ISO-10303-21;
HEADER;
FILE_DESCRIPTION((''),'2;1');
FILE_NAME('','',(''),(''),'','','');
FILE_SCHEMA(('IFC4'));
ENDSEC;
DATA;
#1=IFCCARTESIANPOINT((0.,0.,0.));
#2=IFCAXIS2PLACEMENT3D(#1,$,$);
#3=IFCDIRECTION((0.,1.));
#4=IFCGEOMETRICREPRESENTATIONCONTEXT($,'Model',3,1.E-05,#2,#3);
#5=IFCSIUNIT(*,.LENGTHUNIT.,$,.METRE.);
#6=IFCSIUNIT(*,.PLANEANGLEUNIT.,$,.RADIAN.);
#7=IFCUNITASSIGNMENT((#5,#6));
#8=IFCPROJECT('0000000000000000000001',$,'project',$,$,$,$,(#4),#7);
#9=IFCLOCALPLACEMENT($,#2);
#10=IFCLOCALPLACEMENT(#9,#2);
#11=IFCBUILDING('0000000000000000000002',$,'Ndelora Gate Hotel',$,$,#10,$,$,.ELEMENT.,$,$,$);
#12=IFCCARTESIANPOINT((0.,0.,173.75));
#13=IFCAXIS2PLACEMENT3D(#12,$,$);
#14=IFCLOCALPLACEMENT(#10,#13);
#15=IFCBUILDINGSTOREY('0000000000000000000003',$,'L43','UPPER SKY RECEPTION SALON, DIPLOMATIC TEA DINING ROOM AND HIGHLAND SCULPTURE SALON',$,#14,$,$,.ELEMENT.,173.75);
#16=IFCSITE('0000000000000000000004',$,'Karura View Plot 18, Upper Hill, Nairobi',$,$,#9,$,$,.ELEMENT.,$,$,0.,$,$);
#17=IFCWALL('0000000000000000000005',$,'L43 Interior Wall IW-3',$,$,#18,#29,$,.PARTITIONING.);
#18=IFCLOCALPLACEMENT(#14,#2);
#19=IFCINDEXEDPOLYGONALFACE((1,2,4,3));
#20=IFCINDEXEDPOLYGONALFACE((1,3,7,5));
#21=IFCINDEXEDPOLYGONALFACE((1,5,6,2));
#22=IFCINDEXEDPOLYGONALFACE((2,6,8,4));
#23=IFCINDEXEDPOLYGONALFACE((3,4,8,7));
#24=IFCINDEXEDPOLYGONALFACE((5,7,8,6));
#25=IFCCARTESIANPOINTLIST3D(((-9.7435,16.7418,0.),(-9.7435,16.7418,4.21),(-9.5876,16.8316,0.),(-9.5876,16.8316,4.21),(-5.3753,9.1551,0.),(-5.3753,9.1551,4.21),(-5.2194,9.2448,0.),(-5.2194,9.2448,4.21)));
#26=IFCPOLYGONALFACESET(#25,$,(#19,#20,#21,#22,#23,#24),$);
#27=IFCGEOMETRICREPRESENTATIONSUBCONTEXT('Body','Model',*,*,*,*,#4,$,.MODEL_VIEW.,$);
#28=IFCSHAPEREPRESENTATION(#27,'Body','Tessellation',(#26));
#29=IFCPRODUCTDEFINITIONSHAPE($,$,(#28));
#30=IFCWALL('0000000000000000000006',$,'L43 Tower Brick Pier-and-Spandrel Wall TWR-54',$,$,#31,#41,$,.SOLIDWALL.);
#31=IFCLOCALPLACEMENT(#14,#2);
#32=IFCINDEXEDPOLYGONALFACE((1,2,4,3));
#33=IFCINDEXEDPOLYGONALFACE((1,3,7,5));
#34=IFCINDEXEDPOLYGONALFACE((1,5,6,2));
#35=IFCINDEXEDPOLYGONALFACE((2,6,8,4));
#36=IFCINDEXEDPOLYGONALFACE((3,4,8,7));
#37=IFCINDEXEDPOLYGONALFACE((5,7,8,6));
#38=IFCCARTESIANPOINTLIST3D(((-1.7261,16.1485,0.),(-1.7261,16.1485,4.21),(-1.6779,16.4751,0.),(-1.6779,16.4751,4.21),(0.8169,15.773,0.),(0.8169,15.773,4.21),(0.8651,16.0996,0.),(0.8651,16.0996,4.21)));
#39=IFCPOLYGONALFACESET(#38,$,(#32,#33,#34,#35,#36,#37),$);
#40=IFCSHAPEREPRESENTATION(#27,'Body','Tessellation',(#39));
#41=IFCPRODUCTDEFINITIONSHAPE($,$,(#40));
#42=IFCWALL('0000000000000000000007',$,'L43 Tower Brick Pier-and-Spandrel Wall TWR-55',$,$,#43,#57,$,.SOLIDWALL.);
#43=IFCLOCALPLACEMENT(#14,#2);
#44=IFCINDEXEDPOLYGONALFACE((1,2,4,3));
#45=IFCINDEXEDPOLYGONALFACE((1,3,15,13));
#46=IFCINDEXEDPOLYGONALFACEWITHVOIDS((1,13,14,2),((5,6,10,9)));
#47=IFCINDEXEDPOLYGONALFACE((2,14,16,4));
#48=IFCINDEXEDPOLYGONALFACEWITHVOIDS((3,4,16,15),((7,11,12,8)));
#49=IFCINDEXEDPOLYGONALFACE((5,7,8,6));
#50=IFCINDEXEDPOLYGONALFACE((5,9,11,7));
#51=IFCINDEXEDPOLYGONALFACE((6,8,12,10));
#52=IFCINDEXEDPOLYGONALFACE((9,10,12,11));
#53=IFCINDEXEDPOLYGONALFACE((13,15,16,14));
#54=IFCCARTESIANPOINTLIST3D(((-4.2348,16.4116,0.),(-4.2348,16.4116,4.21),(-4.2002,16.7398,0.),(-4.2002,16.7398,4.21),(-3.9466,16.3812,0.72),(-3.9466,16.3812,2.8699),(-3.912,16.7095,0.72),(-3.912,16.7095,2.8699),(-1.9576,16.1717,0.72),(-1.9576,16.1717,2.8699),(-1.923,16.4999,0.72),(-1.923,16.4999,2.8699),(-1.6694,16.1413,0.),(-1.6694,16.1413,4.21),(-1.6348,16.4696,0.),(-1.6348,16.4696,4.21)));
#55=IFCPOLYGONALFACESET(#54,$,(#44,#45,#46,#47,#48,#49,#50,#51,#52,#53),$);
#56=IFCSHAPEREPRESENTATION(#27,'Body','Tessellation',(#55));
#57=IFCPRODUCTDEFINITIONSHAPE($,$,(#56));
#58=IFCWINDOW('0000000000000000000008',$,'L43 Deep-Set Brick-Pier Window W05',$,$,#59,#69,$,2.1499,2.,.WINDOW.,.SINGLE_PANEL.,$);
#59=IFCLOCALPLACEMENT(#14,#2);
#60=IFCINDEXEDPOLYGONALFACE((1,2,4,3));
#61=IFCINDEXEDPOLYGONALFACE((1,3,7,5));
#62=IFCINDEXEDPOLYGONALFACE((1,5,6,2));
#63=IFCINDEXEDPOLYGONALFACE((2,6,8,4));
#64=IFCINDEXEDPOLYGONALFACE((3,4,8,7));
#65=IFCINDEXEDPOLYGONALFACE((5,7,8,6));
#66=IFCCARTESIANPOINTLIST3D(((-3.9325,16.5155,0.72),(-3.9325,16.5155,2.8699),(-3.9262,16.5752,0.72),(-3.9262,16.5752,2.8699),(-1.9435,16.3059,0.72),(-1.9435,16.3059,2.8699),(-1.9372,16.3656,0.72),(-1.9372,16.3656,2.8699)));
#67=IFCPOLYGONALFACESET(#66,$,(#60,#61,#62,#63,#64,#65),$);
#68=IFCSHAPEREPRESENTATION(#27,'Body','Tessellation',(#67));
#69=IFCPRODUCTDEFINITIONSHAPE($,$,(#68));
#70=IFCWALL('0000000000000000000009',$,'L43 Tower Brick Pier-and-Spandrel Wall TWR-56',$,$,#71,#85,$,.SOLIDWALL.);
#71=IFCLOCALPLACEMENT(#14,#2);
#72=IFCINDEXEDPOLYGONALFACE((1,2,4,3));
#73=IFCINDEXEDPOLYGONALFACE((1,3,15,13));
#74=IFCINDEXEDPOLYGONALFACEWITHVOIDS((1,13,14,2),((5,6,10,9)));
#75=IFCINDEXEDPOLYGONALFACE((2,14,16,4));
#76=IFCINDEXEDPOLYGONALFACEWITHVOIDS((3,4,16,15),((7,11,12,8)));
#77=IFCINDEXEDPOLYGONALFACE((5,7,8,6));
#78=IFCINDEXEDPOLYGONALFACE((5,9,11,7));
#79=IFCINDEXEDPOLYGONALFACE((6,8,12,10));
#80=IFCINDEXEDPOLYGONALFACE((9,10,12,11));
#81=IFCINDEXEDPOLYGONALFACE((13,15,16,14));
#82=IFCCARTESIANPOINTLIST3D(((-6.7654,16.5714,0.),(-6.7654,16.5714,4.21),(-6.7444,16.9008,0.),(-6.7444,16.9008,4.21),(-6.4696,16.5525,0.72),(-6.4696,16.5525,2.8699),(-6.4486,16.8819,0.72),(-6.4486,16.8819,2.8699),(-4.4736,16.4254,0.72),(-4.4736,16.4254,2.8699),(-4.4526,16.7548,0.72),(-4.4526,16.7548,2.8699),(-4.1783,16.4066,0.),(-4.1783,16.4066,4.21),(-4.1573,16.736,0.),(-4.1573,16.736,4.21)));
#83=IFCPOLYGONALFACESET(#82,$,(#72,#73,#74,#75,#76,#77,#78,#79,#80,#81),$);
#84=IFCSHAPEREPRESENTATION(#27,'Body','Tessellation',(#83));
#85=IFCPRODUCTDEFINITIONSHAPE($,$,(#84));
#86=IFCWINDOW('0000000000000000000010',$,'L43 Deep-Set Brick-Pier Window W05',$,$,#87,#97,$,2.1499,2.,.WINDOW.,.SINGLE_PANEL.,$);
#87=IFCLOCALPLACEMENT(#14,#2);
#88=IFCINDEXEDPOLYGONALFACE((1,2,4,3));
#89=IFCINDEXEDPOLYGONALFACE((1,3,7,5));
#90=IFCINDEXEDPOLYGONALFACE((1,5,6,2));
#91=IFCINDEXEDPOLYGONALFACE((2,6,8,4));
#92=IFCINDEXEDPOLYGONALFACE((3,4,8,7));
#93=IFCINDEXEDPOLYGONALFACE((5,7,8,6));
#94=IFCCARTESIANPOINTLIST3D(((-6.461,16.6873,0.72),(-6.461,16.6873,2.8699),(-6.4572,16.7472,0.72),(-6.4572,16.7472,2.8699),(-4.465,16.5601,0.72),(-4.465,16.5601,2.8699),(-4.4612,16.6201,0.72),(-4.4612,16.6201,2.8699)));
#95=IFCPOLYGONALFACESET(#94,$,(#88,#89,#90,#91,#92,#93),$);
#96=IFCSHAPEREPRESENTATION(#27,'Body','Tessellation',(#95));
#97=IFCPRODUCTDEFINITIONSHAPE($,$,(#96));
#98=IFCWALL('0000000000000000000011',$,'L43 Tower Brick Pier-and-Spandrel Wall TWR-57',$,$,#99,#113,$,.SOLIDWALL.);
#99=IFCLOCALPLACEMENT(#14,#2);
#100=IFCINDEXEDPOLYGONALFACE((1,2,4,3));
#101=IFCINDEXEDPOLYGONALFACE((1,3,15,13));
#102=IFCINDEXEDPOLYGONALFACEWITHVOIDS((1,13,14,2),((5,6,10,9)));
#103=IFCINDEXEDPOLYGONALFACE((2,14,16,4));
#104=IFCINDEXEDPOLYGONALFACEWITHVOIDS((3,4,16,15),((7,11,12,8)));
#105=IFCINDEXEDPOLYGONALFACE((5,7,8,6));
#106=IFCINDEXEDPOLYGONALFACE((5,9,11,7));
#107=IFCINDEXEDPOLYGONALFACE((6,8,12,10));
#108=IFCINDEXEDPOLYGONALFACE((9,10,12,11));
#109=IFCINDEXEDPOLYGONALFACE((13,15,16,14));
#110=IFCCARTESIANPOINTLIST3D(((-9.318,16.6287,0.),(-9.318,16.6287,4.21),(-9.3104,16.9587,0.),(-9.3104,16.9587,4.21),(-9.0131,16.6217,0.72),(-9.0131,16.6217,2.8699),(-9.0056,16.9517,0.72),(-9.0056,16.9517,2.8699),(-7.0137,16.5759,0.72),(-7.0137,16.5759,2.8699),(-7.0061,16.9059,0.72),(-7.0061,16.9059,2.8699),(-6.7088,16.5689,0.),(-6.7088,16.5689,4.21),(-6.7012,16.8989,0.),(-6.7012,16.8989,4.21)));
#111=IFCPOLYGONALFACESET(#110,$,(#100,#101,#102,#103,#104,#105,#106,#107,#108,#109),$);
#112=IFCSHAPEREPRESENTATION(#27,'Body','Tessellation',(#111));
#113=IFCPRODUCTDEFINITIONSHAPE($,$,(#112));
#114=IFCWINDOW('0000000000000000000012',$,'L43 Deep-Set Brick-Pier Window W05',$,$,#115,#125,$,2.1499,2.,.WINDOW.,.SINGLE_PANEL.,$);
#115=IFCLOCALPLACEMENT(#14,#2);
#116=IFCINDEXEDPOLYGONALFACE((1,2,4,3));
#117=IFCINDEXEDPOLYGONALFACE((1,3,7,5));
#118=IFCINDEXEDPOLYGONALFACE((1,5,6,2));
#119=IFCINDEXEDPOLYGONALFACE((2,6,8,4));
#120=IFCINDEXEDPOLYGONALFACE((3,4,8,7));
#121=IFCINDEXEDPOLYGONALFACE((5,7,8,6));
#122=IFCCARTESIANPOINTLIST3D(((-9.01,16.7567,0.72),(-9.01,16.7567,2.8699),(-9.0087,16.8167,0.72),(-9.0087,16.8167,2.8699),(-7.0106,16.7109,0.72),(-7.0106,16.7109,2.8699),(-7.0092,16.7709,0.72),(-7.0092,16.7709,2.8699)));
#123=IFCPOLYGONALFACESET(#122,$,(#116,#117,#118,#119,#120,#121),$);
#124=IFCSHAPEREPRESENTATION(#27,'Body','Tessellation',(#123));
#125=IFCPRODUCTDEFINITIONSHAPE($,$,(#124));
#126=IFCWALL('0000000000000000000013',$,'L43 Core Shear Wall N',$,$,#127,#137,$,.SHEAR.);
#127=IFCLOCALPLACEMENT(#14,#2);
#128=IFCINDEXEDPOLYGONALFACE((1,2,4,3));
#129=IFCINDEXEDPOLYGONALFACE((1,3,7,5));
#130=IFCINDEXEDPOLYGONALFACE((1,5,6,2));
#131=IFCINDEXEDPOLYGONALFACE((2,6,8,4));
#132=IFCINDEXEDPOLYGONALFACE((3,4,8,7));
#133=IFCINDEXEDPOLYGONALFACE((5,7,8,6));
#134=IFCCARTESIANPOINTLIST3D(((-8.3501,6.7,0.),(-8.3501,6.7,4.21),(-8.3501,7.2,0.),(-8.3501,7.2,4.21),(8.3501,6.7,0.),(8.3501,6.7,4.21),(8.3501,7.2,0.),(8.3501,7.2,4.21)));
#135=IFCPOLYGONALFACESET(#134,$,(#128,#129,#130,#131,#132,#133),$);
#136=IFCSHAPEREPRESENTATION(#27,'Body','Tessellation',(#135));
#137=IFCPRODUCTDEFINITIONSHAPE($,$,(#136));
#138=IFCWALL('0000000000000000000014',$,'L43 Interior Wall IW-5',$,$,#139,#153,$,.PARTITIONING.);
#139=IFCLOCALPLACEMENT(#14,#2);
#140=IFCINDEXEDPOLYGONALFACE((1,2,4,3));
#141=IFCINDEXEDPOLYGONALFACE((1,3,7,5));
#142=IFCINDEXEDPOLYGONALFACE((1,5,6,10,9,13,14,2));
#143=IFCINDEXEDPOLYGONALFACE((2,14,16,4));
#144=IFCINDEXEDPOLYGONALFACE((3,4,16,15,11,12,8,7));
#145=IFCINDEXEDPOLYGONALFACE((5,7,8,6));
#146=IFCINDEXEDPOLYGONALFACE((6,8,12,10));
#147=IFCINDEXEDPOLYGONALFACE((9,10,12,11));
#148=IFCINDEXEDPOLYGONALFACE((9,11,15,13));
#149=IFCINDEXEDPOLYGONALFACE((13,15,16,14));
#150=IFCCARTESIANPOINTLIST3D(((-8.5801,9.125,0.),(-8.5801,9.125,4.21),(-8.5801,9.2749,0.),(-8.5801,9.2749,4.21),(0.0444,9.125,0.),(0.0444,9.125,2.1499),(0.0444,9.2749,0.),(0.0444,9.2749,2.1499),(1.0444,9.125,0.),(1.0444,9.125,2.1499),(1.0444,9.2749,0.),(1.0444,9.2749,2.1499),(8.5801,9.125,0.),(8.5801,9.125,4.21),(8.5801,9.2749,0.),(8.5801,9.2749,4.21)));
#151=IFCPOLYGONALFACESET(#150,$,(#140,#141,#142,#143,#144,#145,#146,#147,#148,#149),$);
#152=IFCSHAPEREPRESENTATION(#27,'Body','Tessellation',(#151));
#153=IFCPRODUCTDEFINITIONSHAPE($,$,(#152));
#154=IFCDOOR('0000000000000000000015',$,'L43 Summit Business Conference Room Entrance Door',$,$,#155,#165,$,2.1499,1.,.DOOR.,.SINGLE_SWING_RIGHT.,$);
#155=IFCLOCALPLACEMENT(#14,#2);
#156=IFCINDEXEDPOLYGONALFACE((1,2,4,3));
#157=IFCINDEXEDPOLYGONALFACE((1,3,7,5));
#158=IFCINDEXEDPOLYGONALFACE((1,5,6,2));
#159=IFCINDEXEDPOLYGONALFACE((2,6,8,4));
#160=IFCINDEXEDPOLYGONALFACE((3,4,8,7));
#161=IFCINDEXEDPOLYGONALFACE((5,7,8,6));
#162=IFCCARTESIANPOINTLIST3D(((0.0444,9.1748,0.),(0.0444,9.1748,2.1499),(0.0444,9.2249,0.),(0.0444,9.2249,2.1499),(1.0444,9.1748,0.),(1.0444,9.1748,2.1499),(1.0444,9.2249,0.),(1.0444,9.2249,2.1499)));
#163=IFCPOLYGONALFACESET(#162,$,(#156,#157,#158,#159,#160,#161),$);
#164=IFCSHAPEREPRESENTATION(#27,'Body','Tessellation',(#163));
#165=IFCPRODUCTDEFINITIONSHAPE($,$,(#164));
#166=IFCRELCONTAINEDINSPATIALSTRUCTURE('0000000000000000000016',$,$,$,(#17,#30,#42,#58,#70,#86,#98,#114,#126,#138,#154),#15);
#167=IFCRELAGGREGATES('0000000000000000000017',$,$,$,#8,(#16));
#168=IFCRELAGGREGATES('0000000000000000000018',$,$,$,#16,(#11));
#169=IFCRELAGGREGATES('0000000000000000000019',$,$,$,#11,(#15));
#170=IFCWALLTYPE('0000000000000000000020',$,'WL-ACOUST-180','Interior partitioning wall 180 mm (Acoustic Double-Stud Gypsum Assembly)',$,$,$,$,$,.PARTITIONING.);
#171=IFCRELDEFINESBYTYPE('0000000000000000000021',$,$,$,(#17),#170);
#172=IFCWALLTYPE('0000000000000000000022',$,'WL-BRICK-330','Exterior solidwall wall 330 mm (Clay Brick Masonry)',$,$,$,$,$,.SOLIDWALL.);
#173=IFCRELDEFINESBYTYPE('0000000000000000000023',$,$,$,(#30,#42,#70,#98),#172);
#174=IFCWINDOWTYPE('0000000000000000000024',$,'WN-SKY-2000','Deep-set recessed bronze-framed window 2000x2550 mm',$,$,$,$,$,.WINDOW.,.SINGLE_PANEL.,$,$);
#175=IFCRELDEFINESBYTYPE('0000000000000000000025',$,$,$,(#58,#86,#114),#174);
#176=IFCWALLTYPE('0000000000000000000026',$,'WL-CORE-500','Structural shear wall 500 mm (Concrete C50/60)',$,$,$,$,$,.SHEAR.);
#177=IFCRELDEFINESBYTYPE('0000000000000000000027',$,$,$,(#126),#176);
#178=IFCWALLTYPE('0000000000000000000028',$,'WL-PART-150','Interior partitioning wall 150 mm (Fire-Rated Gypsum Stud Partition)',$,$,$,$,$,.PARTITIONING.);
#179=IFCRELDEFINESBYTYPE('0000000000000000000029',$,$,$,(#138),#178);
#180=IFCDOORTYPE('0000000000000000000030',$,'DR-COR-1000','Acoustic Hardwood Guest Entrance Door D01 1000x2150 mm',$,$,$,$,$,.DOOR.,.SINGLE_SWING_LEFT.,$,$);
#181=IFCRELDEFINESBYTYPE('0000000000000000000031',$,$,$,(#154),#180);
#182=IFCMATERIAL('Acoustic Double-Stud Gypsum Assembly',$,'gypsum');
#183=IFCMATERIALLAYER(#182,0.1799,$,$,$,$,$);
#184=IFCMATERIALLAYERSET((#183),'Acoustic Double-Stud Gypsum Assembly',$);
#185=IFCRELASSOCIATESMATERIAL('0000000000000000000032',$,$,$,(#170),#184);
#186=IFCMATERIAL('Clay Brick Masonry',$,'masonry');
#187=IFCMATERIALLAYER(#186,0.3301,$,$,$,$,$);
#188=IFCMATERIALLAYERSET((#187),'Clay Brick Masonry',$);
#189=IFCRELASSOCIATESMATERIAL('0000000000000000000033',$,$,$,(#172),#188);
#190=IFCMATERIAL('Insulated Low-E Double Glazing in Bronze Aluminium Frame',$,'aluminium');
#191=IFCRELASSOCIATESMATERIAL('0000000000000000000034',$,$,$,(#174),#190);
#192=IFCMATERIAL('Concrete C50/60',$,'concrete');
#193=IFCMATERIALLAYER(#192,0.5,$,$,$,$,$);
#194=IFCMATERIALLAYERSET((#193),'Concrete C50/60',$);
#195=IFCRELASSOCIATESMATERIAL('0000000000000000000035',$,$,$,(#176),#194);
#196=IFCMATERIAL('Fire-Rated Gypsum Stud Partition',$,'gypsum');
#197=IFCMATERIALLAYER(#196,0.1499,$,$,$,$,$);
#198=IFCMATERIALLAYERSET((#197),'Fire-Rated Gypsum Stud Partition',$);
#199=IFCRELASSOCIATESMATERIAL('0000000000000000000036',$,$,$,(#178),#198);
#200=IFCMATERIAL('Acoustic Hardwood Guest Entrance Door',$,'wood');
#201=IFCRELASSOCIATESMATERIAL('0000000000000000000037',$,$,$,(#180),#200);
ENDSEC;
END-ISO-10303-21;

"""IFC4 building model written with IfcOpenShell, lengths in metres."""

from ifc_helpers import new_model, si_unit, direction, frame, frame_2d, origin, place, context, subcontext, project, spatial, rectangle, extrude, material, layer, layer_set, type_object, element, fill, save


model = new_model("IFC4")

# Units and contexts
model_context = context("Model", 3, precision=1e-05, world=origin(), true_north=direction((0.0, 1.0)))
body_context = subcontext(model_context, "Body", "Model", "MODEL_VIEW")
ifc_project = project(units=[si_unit("LENGTHUNIT", "METRE"), si_unit("PLANEANGLEUNIT", "RADIAN")], contexts=[model_context])

# Site, building, storey
site_placement = place(None, origin())
site = spatial("IfcSite", under=ifc_project, at=site_placement, Name="Karura View Plot 18, Upper Hill, Nairobi", CompositionType="ELEMENT", RefElevation=0.0)
building_placement = place(site_placement, origin())
building = spatial("IfcBuilding", under=site, at=building_placement, Name="Ndelora Gate Hotel", CompositionType="ELEMENT")
storey_placement = place(building_placement, frame((0.0, 0.0, 173.75)))
storey = spatial("IfcBuildingStorey", under=building, at=storey_placement, Name="L43", Description="UPPER SKY RECEPTION SALON, DIPLOMATIC TEA DINING ROOM AND HIGHLAND SCULPTURE SALON", CompositionType="ELEMENT", Elevation=173.75)

# Shared definitions
ifc_material_1 = material(Name="Concrete C50/60", Category="concrete")

# Walls
ifc_material_2 = material(Name="Acoustic Double-Stud Gypsum Assembly", Category="gypsum")
ifc_layer_1 = layer(ifc_material_2, 0.1799)
ifc_layer_set_1 = layer_set([ifc_layer_1], Name="Acoustic Double-Stud Gypsum Assembly")
wall_type_1 = type_object("IfcWallType", Name="WL-ACOUST-180", Description="Interior partitioning wall 180 mm (Acoustic Double-Stud Gypsum Assembly)", PredefinedType="PARTITIONING", material=ifc_layer_set_1)
wall_1_placement = place(storey_placement, frame((-5.2974, 9.2, 0.0), z_axis=(0.0, 0.0, 1.0), x_axis=(-0.498971, 0.866618, 0.0)))
element("IfcWall", 1, at=wall_1_placement, inside=storey, type_object=wall_type_1, Name="L43 Interior Wall IW-3", PredefinedType="PARTITIONING", context=body_context, shape_type="SweptSolid", body=[
    extrude(rectangle(XDim=8.7544, YDim=0.1799, at=frame_2d((4.3772, 0.0))), origin(), (0.0, 0.0, 1.0), 4.21),
])
ifc_material_3 = material(Name="Clay Brick Masonry", Category="masonry")
ifc_layer_2 = layer(ifc_material_3, 0.3301)
ifc_layer_set_2 = layer_set([ifc_layer_2], Name="Clay Brick Masonry")
wall_type_2 = type_object("IfcWallType", Name="WL-BRICK-330", Description="Exterior solidwall wall 330 mm (Clay Brick Masonry)", PredefinedType="SOLIDWALL", material=ifc_layer_set_2)
wall_2_placement = place(storey_placement, frame((-1.7019, 16.3118, 0.0), z_axis=(0.0, 0.0, 1.0), x_axis=(0.989274, -0.146074, 0.0)))
element("IfcWall", 2, at=wall_2_placement, inside=storey, type_object=wall_type_2, Name="L43 Tower Brick Pier-and-Spandrel Wall TWR-54", PredefinedType="SOLIDWALL", context=body_context, shape_type="SweptSolid", body=[
    extrude(rectangle(XDim=2.5706, YDim=0.3301, at=frame_2d((1.2852, 0.0))), origin(), (0.0, 0.0, 1.0), 4.21),
])

# Walls, openings, windows
wall_3_placement = place(storey_placement, frame((-4.2175, 16.5757, 0.0), z_axis=(0.0, 0.0, 1.0), x_axis=(0.994497, -0.104769, 0.0)))
wall_3 = element("IfcWall", 3, at=wall_3_placement, inside=storey, type_object=wall_type_2, Name="L43 Tower Brick Pier-and-Spandrel Wall TWR-55", PredefinedType="SOLIDWALL", context=body_context, shape_type="SweptSolid", body=[
    extrude(rectangle(XDim=2.5796, YDim=0.3301, at=frame_2d((1.2898, 0.0))), origin(), (0.0, 0.0, 1.0), 4.21),
])
opening_1_placement = place(wall_3_placement, frame((0.2898, 0.0, 0.72)))
opening_1 = element("IfcOpeningElement", 4, at=opening_1_placement, cuts=wall_3, PredefinedType="OPENING", context=body_context, shape_type="SweptSolid", body=[
    extrude(rectangle(XDim=2.0, YDim=2.1499, at=frame_2d((1.0, 1.075))), frame((0.0, 0.175, 0.0), z_axis=(0.0, -1.0, 0.0), x_axis=(1.0, 0.0, 0.0)), (0.0, 0.0, 1.0), 0.3501),
])
ifc_material_4 = material(Name="Insulated Low-E Double Glazing in Bronze Aluminium Frame", Category="aluminium")
window_type = type_object("IfcWindowType", Name="WN-SKY-2000", Description="Deep-set recessed bronze-framed window 2000x2550 mm", PartitioningType="SINGLE_PANEL", PredefinedType="WINDOW", material=ifc_material_4)
window_1_placement = place(opening_1_placement, origin())
window_1 = element("IfcWindow", 5, at=window_1_placement, inside=storey, type_object=window_type, Name="L43 Deep-Set Brick-Pier Window W05", OverallHeight=2.1499, OverallWidth=2.0, PartitioningType="SINGLE_PANEL", PredefinedType="WINDOW", context=body_context, shape_type="SweptSolid", body=[
    extrude(rectangle(XDim=2.0, YDim=2.1499, at=frame_2d((1.0, 1.075))), frame((0.0, 0.03, 0.0), z_axis=(0.0, -1.0, 0.0), x_axis=(1.0, 0.0, 0.0)), (0.0, 0.0, 1.0), 0.0601),
])
fill(opening_1, window_1)
wall_4_placement = place(storey_placement, frame((-6.7549, 16.7361, 0.0), z_axis=(0.0, 0.0, 1.0), x_axis=(0.997977, -0.063568, 0.0)))
wall_4 = element("IfcWall", 6, at=wall_4_placement, inside=storey, type_object=wall_type_2, Name="L43 Tower Brick Pier-and-Spandrel Wall TWR-56", PredefinedType="SOLIDWALL", context=body_context, shape_type="SweptSolid", body=[
    extrude(rectangle(XDim=2.5923, YDim=0.3301, at=frame_2d((1.2961, 0.0))), origin(), (0.0, 0.0, 1.0), 4.21),
])
opening_2_placement = place(wall_4_placement, frame((0.2964, 0.0, 0.72)))
opening_2 = element("IfcOpeningElement", 7, at=opening_2_placement, cuts=wall_4, PredefinedType="OPENING", context=body_context, shape_type="SweptSolid", body=[
    extrude(rectangle(XDim=2.0, YDim=2.1499, at=frame_2d((1.0, 1.075))), frame((0.0, 0.175, 0.0), z_axis=(0.0, -1.0, 0.0), x_axis=(1.0, 0.0, 0.0)), (0.0, 0.0, 1.0), 0.3501),
])
window_2_placement = place(opening_2_placement, origin())
window_2 = element("IfcWindow", 8, at=window_2_placement, inside=storey, type_object=window_type, Name="L43 Deep-Set Brick-Pier Window W05", OverallHeight=2.1499, OverallWidth=2.0, PartitioningType="SINGLE_PANEL", PredefinedType="WINDOW", context=body_context, shape_type="SweptSolid", body=[
    extrude(rectangle(XDim=2.0, YDim=2.1499, at=frame_2d((1.0, 1.075))), frame((0.0, 0.03, 0.0), z_axis=(0.0, -1.0, 0.0), x_axis=(1.0, 0.0, 0.0)), (0.0, 0.0, 1.0), 0.0601),
])
fill(opening_2, window_2)
wall_5_placement = place(storey_placement, frame((-9.3142, 16.7937, 0.0), z_axis=(0.0, 0.0, 1.0), x_axis=(0.999737, -0.022919, 0.0)))
wall_5 = element("IfcWall", 9, at=wall_5_placement, inside=storey, type_object=wall_type_2, Name="L43 Tower Brick Pier-and-Spandrel Wall TWR-57", PredefinedType="SOLIDWALL", context=body_context, shape_type="SweptSolid", body=[
    extrude(rectangle(XDim=2.6099, YDim=0.3301, at=frame_2d((1.3049, 0.0))), origin(), (0.0, 0.0, 1.0), 4.21),
])
opening_3_placement = place(wall_5_placement, frame((0.3049, 0.0, 0.72)))
opening_3 = element("IfcOpeningElement", 10, at=opening_3_placement, cuts=wall_5, PredefinedType="OPENING", context=body_context, shape_type="SweptSolid", body=[
    extrude(rectangle(XDim=2.0, YDim=2.1499, at=frame_2d((1.0, 1.075))), frame((0.0, 0.175, 0.0), z_axis=(0.0, -1.0, 0.0), x_axis=(1.0, 0.0, 0.0)), (0.0, 0.0, 1.0), 0.3501),
])
window_3_placement = place(opening_3_placement, origin())
window_3 = element("IfcWindow", 11, at=window_3_placement, inside=storey, type_object=window_type, Name="L43 Deep-Set Brick-Pier Window W05", OverallHeight=2.1499, OverallWidth=2.0, PartitioningType="SINGLE_PANEL", PredefinedType="WINDOW", context=body_context, shape_type="SweptSolid", body=[
    extrude(rectangle(XDim=2.0, YDim=2.1499, at=frame_2d((1.0, 1.075))), frame((0.0, 0.03, 0.0), z_axis=(0.0, -1.0, 0.0), x_axis=(1.0, 0.0, 0.0)), (0.0, 0.0, 1.0), 0.0601),
])
fill(opening_3, window_3)

# Wall
ifc_layer_3 = layer(ifc_material_1, 0.5)
ifc_layer_set_3 = layer_set([ifc_layer_3], Name="Concrete C50/60")
wall_type_3 = type_object("IfcWallType", Name="WL-CORE-500", Description="Structural shear wall 500 mm (Concrete C50/60)", PredefinedType="SHEAR", material=ifc_layer_set_3)
wall_6_placement = place(storey_placement, frame((-8.3501, 6.95, 0.0), z_axis=(0.0, 0.0, 1.0), x_axis=(1.0, 0.0, 0.0)))
element("IfcWall", 12, at=wall_6_placement, inside=storey, type_object=wall_type_3, Name="L43 Core Shear Wall N", PredefinedType="SHEAR", context=body_context, shape_type="SweptSolid", body=[
    extrude(rectangle(XDim=16.7002, YDim=0.5, at=frame_2d((8.3501, 0.0))), origin(), (0.0, 0.0, 1.0), 4.21),
])

# Wall, opening, door
ifc_material_5 = material(Name="Fire-Rated Gypsum Stud Partition", Category="gypsum")
ifc_layer_4 = layer(ifc_material_5, 0.1499)
ifc_layer_set_4 = layer_set([ifc_layer_4], Name="Fire-Rated Gypsum Stud Partition")
wall_type_4 = type_object("IfcWallType", Name="WL-PART-150", Description="Interior partitioning wall 150 mm (Fire-Rated Gypsum Stud Partition)", PredefinedType="PARTITIONING", material=ifc_layer_set_4)
wall_7_placement = place(storey_placement, frame((-8.5801, 9.2, 0.0), z_axis=(0.0, 0.0, 1.0), x_axis=(1.0, 0.0, 0.0)))
wall_7 = element("IfcWall", 13, at=wall_7_placement, inside=storey, type_object=wall_type_4, Name="L43 Interior Wall IW-5", PredefinedType="PARTITIONING", context=body_context, shape_type="SweptSolid", body=[
    extrude(rectangle(XDim=17.1602, YDim=0.1499, at=frame_2d((8.5801, 0.0))), origin(), (0.0, 0.0, 1.0), 4.21),
])
opening_4_placement = place(wall_7_placement, frame((8.6245, 0.0, 0.0)))
opening_4 = element("IfcOpeningElement", 14, at=opening_4_placement, cuts=wall_7, PredefinedType="OPENING", context=body_context, shape_type="SweptSolid", body=[
    extrude(rectangle(XDim=1.0, YDim=2.1499, at=frame_2d((0.5, 1.075))), frame((0.0, 0.085, 0.0), z_axis=(0.0, -1.0, 0.0), x_axis=(1.0, 0.0, 0.0)), (0.0, 0.0, 1.0), 0.1699),
])
ifc_material_6 = material(Name="Acoustic Hardwood Guest Entrance Door", Category="wood")
door_type_1 = type_object("IfcDoorType", Name="DR-COR-1000", Description="Acoustic Hardwood Guest Entrance Door D01 1000x2150 mm", OperationType="SINGLE_SWING_LEFT", PredefinedType="DOOR", material=ifc_material_6)
door_1_placement = place(opening_4_placement, origin())
door_1 = element("IfcDoor", 15, at=door_1_placement, inside=storey, type_object=door_type_1, Name="L43 Summit Business Conference Room Entrance Door", OperationType="SINGLE_SWING_RIGHT", OverallHeight=2.1499, OverallWidth=1.0, PredefinedType="DOOR", context=body_context, shape_type="SweptSolid", body=[
    extrude(rectangle(XDim=1.0, YDim=2.1499, at=frame_2d((0.5, 1.075))), frame((0.0, 0.0249, 0.0), z_axis=(0.0, -1.0, 0.0), x_axis=(1.0, 0.0, 0.0)), (0.0, 0.0, 1.0), 0.05),
])
fill(opening_4, door_1)

save(model, "model.ifc")
